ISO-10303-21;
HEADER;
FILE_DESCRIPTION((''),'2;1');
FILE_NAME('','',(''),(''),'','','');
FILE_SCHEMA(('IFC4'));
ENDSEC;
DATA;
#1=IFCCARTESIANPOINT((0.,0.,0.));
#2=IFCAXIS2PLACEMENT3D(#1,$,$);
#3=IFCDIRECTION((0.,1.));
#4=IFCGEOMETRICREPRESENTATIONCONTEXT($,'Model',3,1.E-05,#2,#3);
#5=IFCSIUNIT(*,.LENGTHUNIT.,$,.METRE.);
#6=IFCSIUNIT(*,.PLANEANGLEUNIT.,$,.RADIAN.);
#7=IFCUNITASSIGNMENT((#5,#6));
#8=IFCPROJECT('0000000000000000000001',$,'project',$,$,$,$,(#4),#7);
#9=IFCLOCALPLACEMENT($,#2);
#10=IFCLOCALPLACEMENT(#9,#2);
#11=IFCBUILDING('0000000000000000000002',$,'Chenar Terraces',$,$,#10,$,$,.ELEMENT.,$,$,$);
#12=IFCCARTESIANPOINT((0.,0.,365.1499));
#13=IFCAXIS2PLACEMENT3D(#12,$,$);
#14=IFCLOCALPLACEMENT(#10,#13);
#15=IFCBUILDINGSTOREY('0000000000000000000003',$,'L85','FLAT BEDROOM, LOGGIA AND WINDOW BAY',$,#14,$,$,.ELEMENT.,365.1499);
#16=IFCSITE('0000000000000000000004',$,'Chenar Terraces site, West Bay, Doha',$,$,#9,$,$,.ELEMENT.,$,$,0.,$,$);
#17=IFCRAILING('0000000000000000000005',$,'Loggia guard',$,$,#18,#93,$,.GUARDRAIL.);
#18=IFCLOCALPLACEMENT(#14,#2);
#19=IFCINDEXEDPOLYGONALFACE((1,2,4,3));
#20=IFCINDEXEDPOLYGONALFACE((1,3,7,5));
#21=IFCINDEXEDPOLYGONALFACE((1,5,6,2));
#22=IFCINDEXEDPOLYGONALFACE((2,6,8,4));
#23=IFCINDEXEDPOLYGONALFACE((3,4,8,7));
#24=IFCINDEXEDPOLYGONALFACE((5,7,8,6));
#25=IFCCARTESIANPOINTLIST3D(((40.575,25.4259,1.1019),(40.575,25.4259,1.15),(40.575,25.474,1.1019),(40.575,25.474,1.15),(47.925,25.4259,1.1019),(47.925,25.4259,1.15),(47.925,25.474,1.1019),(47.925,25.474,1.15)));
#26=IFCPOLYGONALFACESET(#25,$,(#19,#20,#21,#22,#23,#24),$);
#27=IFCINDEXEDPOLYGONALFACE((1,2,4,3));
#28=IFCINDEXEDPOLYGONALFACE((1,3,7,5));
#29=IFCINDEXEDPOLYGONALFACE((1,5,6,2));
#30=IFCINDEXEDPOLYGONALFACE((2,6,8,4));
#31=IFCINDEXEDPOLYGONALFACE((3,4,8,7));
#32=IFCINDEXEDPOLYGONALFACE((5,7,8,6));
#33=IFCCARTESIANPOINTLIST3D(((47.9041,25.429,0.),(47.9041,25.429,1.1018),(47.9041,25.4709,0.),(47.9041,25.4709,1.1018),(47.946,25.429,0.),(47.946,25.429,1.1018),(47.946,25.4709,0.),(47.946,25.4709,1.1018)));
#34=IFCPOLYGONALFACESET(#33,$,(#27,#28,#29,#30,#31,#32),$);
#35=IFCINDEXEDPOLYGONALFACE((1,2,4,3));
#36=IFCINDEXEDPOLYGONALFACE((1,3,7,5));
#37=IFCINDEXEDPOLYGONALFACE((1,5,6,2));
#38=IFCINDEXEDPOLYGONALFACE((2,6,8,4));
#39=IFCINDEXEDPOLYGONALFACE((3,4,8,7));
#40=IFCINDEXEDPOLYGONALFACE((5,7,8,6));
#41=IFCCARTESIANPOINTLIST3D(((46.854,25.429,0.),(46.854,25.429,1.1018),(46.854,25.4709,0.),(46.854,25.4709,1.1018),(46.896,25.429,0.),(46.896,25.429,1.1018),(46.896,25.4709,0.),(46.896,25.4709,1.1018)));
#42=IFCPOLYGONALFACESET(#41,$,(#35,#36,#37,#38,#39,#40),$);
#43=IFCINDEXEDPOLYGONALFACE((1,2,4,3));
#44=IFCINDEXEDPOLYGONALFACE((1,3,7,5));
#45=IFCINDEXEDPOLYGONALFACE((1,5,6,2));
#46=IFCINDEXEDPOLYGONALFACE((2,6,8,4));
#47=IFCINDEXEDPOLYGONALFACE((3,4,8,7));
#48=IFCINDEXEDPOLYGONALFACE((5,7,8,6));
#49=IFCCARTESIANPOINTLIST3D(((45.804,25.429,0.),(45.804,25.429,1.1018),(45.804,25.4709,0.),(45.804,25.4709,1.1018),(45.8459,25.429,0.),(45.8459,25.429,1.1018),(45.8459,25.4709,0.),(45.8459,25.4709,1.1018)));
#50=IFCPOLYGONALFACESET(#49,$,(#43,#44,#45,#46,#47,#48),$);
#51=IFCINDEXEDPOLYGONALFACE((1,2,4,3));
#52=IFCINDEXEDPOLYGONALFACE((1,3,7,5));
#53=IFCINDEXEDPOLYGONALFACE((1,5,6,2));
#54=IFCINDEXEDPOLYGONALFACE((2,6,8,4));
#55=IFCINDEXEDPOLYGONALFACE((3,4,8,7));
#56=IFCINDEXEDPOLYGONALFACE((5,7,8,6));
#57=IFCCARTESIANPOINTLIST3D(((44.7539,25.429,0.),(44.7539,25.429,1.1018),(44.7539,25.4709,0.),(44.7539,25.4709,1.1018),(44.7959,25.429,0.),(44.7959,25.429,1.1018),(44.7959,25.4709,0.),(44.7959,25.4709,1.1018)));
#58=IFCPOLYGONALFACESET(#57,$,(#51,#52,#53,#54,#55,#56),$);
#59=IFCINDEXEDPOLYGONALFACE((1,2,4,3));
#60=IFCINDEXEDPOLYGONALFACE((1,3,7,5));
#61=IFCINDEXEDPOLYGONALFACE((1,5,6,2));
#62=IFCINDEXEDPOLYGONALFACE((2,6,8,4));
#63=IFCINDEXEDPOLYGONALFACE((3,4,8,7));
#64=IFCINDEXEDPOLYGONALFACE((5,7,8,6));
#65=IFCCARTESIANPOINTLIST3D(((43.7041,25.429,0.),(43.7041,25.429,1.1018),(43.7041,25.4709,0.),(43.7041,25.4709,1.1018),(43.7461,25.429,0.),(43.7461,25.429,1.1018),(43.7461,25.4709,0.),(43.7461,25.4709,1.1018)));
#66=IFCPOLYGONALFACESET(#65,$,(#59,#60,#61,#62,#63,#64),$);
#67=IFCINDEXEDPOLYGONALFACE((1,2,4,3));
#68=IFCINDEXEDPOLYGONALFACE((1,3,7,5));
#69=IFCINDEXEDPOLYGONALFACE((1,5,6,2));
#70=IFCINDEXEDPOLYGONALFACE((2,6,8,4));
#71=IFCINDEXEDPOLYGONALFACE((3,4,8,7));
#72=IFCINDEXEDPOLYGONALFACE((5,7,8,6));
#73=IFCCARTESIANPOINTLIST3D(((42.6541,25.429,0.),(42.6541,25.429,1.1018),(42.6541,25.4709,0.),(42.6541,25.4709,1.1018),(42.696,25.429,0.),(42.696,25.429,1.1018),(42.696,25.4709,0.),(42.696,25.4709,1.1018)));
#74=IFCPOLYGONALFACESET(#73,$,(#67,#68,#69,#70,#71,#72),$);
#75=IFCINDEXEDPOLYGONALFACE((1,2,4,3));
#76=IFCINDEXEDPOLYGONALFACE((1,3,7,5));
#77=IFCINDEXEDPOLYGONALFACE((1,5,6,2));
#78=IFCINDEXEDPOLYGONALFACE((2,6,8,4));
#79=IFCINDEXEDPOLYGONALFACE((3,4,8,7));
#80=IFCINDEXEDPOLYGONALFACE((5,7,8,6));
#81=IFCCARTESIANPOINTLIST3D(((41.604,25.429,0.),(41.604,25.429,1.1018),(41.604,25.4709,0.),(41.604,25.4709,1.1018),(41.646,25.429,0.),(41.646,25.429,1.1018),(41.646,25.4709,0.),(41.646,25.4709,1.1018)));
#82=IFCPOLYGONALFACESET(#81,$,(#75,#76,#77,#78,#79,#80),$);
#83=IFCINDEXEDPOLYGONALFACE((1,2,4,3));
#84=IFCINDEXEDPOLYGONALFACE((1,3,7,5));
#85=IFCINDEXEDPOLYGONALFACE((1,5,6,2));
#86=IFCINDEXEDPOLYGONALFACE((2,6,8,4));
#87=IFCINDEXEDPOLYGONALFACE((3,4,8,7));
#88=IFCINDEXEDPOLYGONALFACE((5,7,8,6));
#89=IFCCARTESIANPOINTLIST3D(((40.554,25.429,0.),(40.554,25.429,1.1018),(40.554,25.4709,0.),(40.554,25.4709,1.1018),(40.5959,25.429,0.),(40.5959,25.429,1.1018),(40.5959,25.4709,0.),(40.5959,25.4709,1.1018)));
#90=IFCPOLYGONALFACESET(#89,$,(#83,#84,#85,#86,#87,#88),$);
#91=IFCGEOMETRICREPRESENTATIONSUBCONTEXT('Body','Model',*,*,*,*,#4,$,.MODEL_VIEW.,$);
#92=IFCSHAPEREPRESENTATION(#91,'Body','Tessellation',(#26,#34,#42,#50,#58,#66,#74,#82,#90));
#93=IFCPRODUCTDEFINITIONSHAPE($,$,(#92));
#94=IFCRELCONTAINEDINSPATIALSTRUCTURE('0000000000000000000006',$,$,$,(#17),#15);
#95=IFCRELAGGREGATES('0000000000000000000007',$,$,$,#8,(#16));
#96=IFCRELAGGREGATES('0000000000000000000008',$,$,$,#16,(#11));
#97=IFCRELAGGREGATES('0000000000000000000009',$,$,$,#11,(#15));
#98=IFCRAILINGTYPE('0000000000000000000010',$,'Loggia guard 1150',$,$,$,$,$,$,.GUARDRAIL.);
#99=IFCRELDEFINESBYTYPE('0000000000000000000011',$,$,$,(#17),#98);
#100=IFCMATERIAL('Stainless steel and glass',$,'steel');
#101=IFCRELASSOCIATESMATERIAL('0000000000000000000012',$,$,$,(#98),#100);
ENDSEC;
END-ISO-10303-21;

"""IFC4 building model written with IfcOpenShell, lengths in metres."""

from ifc_helpers import new_model, si_unit, direction, frame, origin, origin_2d, place, context, subcontext, project, spatial, rectangle, extrude, material, type_object, element, save


model = new_model("IFC4")

# Units and contexts
model_context = context("Model", 3, precision=1e-05, world=origin(), true_north=direction((0.0, 1.0)))
body_context = subcontext(model_context, "Body", "Model", "MODEL_VIEW")
ifc_project = project(units=[si_unit("LENGTHUNIT", "METRE"), si_unit("PLANEANGLEUNIT", "RADIAN")], contexts=[model_context])

# Site, building, storey
site_placement = place(None, origin())
site = spatial("IfcSite", under=ifc_project, at=site_placement, Name="Chenar Terraces site, West Bay, Doha", CompositionType="ELEMENT", RefElevation=0.0)
building_placement = place(site_placement, origin())
building = spatial("IfcBuilding", under=site, at=building_placement, Name="Chenar Terraces", CompositionType="ELEMENT")
storey_placement = place(building_placement, frame((0.0, 0.0, 365.1499)))
storey = spatial("IfcBuildingStorey", under=building, at=storey_placement, Name="L85", Description="FLAT BEDROOM, LOGGIA AND WINDOW BAY", CompositionType="ELEMENT", Elevation=365.1499)

# Railing
ifc_material_1 = material(Name="Stainless steel and glass", Category="steel")
railing_type_1 = type_object("IfcRailingType", Name="Loggia guard 1150", PredefinedType="GUARDRAIL", material=ifc_material_1)
railing_1_placement = place(storey_placement, frame((47.925, 25.45, 0.0)))
element("IfcRailing", 1, at=railing_1_placement, inside=storey, type_object=railing_type_1, Name="Loggia guard", PredefinedType="GUARDRAIL", context=body_context, shape_type="SweptSolid", body=[
    extrude(rectangle(XDim=0.0481, YDim=0.0481, at=origin_2d()), frame((0.0, 0.0, 1.126), z_axis=(-1.0, 0.0, 0.0), x_axis=(0.0, -1.0, 0.0)), (0.0, 0.0, 1.0), 7.3501),
    extrude(rectangle(XDim=0.042, YDim=0.042, at=origin_2d()), origin(), (0.0, 0.0, 1.0), 1.1018),
    extrude(rectangle(XDim=0.042, YDim=0.042, at=origin_2d()), frame((-1.05, 0.0, 0.0)), (0.0, 0.0, 1.0), 1.1018),
    extrude(rectangle(XDim=0.042, YDim=0.042, at=origin_2d()), frame((-2.1001, 0.0, 0.0)), (0.0, 0.0, 1.0), 1.1018),
    extrude(rectangle(XDim=0.042, YDim=0.042, at=origin_2d()), frame((-3.1501, 0.0, 0.0)), (0.0, 0.0, 1.0), 1.1018),
    extrude(rectangle(XDim=0.042, YDim=0.042, at=origin_2d()), frame((-4.2, 0.0, 0.0)), (0.0, 0.0, 1.0), 1.1018),
    extrude(rectangle(XDim=0.042, YDim=0.042, at=origin_2d()), frame((-5.25, 0.0, 0.0)), (0.0, 0.0, 1.0), 1.1018),
    extrude(rectangle(XDim=0.042, YDim=0.042, at=origin_2d()), frame((-6.3, 0.0, 0.0)), (0.0, 0.0, 1.0), 1.1018),
    extrude(rectangle(XDim=0.042, YDim=0.042, at=origin_2d()), frame((-7.3501, 0.0, 0.0)), (0.0, 0.0, 1.0), 1.1018),
])

save(model, "model.ifc")
